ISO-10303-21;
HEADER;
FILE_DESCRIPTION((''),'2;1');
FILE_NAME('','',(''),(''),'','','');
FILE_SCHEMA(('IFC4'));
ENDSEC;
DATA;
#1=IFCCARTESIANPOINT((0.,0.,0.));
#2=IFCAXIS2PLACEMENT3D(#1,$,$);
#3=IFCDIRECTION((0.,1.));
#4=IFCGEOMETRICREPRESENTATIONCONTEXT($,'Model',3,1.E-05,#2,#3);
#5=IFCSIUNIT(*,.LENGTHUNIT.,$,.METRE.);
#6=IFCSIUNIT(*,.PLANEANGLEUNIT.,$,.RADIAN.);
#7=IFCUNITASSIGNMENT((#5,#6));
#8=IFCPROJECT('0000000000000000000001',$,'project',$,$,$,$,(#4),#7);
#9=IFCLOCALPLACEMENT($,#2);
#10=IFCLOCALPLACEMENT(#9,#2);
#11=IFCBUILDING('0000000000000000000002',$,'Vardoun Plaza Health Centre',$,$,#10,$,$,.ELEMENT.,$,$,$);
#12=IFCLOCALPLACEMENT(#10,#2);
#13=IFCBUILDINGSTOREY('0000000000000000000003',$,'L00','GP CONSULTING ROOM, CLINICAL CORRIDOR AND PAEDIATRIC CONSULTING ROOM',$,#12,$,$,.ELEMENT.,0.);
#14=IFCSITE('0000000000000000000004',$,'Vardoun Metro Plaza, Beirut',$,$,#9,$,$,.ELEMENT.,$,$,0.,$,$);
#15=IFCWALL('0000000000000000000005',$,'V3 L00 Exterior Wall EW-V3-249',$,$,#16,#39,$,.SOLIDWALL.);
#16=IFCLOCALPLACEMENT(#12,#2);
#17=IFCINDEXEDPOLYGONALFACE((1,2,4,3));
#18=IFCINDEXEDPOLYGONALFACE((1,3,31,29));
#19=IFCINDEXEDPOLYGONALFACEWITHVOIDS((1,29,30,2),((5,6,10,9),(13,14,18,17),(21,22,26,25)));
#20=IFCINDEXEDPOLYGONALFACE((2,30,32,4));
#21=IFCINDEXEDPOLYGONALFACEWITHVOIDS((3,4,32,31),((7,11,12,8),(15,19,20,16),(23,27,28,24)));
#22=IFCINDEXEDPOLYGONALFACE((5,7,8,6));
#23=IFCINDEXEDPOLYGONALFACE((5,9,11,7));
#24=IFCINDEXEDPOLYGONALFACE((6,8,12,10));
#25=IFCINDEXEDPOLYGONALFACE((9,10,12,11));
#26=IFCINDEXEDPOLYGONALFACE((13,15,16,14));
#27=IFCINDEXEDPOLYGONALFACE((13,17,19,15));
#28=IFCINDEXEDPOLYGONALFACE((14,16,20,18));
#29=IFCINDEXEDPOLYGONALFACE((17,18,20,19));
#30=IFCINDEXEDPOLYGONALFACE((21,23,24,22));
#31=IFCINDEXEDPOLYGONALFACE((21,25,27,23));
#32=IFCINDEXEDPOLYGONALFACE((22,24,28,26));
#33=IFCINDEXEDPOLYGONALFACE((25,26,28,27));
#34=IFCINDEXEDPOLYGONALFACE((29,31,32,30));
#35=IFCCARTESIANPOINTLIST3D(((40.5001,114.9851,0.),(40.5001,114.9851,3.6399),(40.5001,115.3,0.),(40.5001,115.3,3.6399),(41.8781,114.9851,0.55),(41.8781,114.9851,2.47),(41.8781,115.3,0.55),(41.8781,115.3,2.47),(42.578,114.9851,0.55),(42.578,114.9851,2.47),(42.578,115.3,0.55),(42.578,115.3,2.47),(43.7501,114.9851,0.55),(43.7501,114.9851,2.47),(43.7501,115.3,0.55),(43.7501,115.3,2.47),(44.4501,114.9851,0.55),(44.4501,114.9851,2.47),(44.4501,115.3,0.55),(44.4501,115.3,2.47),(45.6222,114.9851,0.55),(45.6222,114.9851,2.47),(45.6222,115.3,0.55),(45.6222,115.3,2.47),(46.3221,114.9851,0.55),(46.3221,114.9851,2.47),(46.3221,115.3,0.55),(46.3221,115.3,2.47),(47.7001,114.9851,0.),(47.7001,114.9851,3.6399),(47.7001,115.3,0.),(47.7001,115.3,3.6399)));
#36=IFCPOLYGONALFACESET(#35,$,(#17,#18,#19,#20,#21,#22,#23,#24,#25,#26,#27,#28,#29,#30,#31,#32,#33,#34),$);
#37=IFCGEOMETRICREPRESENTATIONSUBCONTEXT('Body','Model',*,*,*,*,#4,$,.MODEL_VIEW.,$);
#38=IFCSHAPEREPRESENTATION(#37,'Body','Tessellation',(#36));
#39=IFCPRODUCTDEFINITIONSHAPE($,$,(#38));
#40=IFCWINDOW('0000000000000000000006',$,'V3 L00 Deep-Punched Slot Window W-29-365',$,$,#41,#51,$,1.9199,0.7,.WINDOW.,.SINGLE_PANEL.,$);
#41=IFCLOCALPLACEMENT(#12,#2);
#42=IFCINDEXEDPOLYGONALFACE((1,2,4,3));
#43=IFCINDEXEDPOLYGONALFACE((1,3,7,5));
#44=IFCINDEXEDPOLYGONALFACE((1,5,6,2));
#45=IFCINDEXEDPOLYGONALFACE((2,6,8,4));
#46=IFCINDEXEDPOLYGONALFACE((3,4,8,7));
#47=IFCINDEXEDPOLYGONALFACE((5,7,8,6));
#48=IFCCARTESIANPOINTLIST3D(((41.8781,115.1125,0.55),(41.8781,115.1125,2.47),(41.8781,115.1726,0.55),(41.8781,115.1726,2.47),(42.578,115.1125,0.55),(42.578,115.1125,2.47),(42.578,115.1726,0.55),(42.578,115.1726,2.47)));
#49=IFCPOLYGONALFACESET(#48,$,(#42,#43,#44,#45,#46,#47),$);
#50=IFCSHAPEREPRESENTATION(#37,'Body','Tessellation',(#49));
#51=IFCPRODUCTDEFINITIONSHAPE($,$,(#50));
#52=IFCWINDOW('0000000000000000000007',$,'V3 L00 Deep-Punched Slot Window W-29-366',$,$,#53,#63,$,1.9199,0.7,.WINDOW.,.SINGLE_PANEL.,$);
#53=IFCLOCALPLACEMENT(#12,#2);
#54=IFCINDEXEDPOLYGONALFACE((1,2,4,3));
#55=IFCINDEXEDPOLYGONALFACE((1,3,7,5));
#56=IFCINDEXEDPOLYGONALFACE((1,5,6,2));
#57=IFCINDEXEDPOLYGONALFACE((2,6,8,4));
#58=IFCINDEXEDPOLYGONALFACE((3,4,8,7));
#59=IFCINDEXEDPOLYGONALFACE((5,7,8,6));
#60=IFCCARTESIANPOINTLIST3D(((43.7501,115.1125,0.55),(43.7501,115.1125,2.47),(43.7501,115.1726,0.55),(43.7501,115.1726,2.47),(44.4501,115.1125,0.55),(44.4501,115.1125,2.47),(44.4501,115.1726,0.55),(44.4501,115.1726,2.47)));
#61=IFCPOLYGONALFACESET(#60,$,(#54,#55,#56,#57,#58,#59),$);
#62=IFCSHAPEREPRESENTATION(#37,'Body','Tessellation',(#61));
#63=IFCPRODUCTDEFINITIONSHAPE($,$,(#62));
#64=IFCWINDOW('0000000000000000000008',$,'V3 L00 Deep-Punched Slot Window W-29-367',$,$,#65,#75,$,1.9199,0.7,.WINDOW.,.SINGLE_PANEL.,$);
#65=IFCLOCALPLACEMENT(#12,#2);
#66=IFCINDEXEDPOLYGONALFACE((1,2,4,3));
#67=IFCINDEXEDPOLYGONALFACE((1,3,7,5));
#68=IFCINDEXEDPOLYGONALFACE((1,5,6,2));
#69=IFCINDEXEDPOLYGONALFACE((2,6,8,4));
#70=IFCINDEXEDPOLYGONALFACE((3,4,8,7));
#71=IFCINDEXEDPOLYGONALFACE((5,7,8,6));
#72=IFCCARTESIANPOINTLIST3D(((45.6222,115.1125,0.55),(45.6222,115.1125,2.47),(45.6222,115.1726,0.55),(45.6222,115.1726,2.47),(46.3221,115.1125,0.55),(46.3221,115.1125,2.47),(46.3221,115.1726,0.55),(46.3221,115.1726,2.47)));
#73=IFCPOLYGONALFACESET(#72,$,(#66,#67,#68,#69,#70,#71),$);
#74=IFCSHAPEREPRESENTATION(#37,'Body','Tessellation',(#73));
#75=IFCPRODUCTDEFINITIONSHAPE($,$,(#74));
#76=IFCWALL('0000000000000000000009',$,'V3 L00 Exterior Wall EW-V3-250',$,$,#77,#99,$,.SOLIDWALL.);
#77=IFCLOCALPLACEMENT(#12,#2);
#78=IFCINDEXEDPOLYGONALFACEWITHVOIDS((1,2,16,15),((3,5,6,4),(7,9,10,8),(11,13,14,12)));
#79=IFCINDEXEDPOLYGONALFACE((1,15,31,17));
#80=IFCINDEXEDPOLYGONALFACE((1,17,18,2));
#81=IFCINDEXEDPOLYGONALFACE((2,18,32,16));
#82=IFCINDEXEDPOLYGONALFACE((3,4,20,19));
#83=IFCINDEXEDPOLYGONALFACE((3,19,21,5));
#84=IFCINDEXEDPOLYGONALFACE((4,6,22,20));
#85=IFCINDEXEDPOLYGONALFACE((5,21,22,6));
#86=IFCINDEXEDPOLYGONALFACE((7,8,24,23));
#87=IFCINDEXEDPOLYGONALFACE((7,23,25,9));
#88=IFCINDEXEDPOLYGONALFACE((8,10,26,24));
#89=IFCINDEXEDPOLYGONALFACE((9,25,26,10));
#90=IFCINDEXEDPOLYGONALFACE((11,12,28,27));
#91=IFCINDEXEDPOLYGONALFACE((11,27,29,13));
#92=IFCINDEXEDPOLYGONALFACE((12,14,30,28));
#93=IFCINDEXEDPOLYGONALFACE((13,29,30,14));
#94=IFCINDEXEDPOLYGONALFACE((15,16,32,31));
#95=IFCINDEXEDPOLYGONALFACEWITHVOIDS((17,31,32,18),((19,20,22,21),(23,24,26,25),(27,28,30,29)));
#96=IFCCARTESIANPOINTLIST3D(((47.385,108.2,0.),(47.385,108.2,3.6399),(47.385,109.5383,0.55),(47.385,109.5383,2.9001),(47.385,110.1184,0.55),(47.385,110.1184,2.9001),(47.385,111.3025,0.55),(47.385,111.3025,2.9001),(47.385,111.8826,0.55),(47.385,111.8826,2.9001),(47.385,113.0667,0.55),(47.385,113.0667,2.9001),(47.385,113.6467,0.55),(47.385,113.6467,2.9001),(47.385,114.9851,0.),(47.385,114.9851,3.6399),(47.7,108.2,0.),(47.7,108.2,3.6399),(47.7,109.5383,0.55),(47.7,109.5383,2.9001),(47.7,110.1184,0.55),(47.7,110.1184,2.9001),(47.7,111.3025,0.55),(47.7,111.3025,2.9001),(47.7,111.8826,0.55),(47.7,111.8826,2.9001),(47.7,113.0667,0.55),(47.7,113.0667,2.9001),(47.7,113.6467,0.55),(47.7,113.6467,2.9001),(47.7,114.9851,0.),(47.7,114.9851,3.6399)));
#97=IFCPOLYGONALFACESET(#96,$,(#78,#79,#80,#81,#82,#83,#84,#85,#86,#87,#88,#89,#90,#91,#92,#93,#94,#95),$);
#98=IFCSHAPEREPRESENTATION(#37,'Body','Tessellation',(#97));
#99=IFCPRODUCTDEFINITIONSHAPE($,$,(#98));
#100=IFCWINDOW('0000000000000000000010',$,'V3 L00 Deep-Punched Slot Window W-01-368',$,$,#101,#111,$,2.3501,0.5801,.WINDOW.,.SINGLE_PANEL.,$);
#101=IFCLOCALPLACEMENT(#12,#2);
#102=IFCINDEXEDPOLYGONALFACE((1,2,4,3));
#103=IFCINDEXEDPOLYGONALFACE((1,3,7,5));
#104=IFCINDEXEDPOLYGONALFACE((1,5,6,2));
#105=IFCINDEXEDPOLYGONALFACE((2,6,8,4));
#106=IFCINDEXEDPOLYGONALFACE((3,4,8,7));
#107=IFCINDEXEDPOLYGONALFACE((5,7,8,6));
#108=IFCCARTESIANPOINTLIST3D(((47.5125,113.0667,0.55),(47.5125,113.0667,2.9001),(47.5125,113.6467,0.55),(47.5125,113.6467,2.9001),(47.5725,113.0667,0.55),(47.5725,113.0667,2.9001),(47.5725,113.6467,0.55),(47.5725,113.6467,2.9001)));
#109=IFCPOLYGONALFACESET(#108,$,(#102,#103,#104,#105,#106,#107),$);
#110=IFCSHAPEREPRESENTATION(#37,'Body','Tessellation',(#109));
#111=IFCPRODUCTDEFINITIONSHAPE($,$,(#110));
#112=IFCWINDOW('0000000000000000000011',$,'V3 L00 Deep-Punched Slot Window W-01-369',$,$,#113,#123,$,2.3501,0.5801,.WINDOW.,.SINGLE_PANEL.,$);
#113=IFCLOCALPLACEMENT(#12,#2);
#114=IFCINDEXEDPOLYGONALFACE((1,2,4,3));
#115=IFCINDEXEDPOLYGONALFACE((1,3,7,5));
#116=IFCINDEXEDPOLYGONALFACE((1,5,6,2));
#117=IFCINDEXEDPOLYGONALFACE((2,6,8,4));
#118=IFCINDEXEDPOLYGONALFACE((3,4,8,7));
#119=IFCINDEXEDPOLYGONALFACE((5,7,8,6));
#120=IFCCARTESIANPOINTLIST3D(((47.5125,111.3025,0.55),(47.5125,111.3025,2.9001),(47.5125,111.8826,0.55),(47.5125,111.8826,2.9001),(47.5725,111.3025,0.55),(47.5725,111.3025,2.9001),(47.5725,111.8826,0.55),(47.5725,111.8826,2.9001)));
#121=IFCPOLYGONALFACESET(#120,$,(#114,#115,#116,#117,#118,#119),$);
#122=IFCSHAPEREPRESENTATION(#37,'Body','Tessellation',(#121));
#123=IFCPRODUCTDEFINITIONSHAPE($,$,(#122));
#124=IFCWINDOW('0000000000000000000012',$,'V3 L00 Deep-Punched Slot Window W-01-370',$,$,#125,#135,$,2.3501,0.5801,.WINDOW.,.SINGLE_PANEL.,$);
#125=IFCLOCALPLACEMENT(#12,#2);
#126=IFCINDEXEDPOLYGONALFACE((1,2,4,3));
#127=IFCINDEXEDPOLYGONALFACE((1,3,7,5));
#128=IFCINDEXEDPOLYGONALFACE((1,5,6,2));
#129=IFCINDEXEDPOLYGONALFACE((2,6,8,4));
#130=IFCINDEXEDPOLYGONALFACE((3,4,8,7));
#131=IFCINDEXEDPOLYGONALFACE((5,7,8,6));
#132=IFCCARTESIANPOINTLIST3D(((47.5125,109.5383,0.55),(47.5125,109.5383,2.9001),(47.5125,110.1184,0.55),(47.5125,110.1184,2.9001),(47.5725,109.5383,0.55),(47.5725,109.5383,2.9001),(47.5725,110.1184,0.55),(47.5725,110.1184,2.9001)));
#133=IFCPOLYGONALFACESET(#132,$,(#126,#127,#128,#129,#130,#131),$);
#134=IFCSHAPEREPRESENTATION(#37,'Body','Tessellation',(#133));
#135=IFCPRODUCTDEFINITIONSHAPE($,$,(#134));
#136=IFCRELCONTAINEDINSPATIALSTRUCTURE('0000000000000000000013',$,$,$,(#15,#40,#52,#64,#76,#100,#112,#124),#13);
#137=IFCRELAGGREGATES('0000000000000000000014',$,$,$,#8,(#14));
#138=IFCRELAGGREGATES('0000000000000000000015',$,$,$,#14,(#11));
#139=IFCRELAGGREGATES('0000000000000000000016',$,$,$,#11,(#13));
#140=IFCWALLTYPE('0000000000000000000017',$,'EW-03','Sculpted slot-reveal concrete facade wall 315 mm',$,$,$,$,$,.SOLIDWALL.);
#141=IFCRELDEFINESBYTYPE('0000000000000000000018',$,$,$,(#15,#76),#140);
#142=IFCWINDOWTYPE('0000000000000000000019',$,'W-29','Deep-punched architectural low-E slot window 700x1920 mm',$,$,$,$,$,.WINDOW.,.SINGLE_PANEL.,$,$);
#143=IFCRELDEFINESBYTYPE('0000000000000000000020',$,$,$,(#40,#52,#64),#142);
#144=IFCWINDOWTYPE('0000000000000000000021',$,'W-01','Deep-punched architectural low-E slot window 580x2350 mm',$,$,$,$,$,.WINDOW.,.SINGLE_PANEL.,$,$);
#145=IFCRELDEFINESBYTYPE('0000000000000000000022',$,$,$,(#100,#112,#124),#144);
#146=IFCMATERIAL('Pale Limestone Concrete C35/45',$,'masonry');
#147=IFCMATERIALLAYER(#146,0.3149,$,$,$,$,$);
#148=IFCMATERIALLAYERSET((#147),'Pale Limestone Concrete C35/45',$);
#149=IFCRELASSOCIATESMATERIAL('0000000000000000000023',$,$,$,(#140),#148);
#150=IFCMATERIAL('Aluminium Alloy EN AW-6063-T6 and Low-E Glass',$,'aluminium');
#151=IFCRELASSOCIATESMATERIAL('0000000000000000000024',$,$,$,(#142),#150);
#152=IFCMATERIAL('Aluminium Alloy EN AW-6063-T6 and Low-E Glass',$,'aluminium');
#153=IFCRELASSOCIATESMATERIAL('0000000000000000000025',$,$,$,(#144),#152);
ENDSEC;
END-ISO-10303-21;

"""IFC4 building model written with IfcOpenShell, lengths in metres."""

from ifc_helpers import new_model, si_unit, direction, frame, frame_2d, origin, place, context, subcontext, project, spatial, rectangle, extrude, material, layer, layer_set, type_object, element, fill, save


model = new_model("IFC4")

# Units and contexts
model_context = context("Model", 3, precision=1e-05, world=origin(), true_north=direction((0.0, 1.0)))
body_context = subcontext(model_context, "Body", "Model", "MODEL_VIEW")
ifc_project = project(units=[si_unit("LENGTHUNIT", "METRE"), si_unit("PLANEANGLEUNIT", "RADIAN")], contexts=[model_context])

# Site, building, storey
site_placement = place(None, origin())
site = spatial("IfcSite", under=ifc_project, at=site_placement, Name="Vardoun Metro Plaza, Beirut", CompositionType="ELEMENT", RefElevation=0.0)
building_placement = place(site_placement, origin())
building = spatial("IfcBuilding", under=site, at=building_placement, Name="Vardoun Plaza Health Centre", CompositionType="ELEMENT")
storey_placement = place(building_placement, origin())
storey = spatial("IfcBuildingStorey", under=building, at=storey_placement, Name="L00", Description="GP CONSULTING ROOM, CLINICAL CORRIDOR AND PAEDIATRIC CONSULTING ROOM", CompositionType="ELEMENT", Elevation=0.0)

# Walls, openings, windows
ifc_material_1 = material(Name="Pale Limestone Concrete C35/45", Category="masonry")
ifc_layer_1 = layer(ifc_material_1, 0.3149)
ifc_layer_set_1 = layer_set([ifc_layer_1], Name="Pale Limestone Concrete C35/45")
wall_type_1 = type_object("IfcWallType", Name="EW-03", Description="Sculpted slot-reveal concrete facade wall 315 mm", PredefinedType="SOLIDWALL", material=ifc_layer_set_1)
wall_1_placement = place(storey_placement, frame((40.5, 115.1426, 0.0), z_axis=(0.0, 0.0, 1.0), x_axis=(1.0, 0.0, 0.0)))
wall_1 = element("IfcWall", 1, at=wall_1_placement, inside=storey, type_object=wall_type_1, Name="V3 L00 Exterior Wall EW-V3-249", PredefinedType="SOLIDWALL", context=body_context, shape_type="SweptSolid", body=[
    extrude(rectangle(XDim=7.2, YDim=0.3149, at=frame_2d((3.6001, 0.0))), origin(), (0.0, 0.0, 1.0), 3.6399),
])
opening_1_placement = place(wall_1_placement, frame((1.3779, 0.0, 0.55)))
opening_1 = element("IfcOpeningElement", 2, at=opening_1_placement, cuts=wall_1, PredefinedType="OPENING", context=body_context, shape_type="SweptSolid", body=[
    extrude(rectangle(XDim=0.7, YDim=1.9199, at=frame_2d((0.3501, 0.96))), frame((0.0, 0.1575, 0.0), z_axis=(0.0, -1.0, 0.0), x_axis=(1.0, 0.0, 0.0)), (0.0, 0.0, 1.0), 0.3149),
])
opening_2_placement = place(wall_1_placement, frame((3.25, 0.0, 0.55)))
opening_2 = element("IfcOpeningElement", 3, at=opening_2_placement, cuts=wall_1, PredefinedType="OPENING", context=body_context, shape_type="SweptSolid", body=[
    extrude(rectangle(XDim=0.7, YDim=1.9199, at=frame_2d((0.3501, 0.96))), frame((0.0, 0.1575, 0.0), z_axis=(0.0, -1.0, 0.0), x_axis=(1.0, 0.0, 0.0)), (0.0, 0.0, 1.0), 0.3149),
])
opening_3_placement = place(wall_1_placement, frame((5.1221, 0.0, 0.55)))
opening_3 = element("IfcOpeningElement", 4, at=opening_3_placement, cuts=wall_1, PredefinedType="OPENING", context=body_context, shape_type="SweptSolid", body=[
    extrude(rectangle(XDim=0.7, YDim=1.9199, at=frame_2d((0.3501, 0.96))), frame((0.0, 0.1575, 0.0), z_axis=(0.0, -1.0, 0.0), x_axis=(1.0, 0.0, 0.0)), (0.0, 0.0, 1.0), 0.3149),
])
ifc_material_2 = material(Name="Aluminium Alloy EN AW-6063-T6 and Low-E Glass", Category="aluminium")
window_type_1 = type_object("IfcWindowType", Name="W-29", Description="Deep-punched architectural low-E slot window 700x1920 mm", PartitioningType="SINGLE_PANEL", PredefinedType="WINDOW", material=ifc_material_2)
window_1_placement = place(opening_1_placement, origin())
window_1 = element("IfcWindow", 5, at=window_1_placement, inside=storey, type_object=window_type_1, Name="V3 L00 Deep-Punched Slot Window W-29-365", OverallHeight=1.9199, OverallWidth=0.7, PartitioningType="SINGLE_PANEL", PredefinedType="WINDOW", context=body_context, shape_type="SweptSolid", body=[
    extrude(rectangle(XDim=0.7, YDim=1.9199, at=frame_2d((0.3501, 0.96))), frame((0.0, 0.03, 0.0), z_axis=(0.0, -1.0, 0.0), x_axis=(1.0, 0.0, 0.0)), (0.0, 0.0, 1.0), 0.0601),
])
fill(opening_1, window_1)
window_2_placement = place(opening_2_placement, origin())
window_2 = element("IfcWindow", 6, at=window_2_placement, inside=storey, type_object=window_type_1, Name="V3 L00 Deep-Punched Slot Window W-29-366", OverallHeight=1.9199, OverallWidth=0.7, PartitioningType="SINGLE_PANEL", PredefinedType="WINDOW", context=body_context, shape_type="SweptSolid", body=[
    extrude(rectangle(XDim=0.7, YDim=1.9199, at=frame_2d((0.3501, 0.96))), frame((0.0, 0.03, 0.0), z_axis=(0.0, -1.0, 0.0), x_axis=(1.0, 0.0, 0.0)), (0.0, 0.0, 1.0), 0.0601),
])
fill(opening_2, window_2)
window_3_placement = place(opening_3_placement, origin())
window_3 = element("IfcWindow", 7, at=window_3_placement, inside=storey, type_object=window_type_1, Name="V3 L00 Deep-Punched Slot Window W-29-367", OverallHeight=1.9199, OverallWidth=0.7, PartitioningType="SINGLE_PANEL", PredefinedType="WINDOW", context=body_context, shape_type="SweptSolid", body=[
    extrude(rectangle(XDim=0.7, YDim=1.9199, at=frame_2d((0.3501, 0.96))), frame((0.0, 0.03, 0.0), z_axis=(0.0, -1.0, 0.0), x_axis=(1.0, 0.0, 0.0)), (0.0, 0.0, 1.0), 0.0601),
])
fill(opening_3, window_3)
wall_2_placement = place(storey_placement, frame((47.5425, 114.9851, 0.0), z_axis=(0.0, 0.0, 1.0), x_axis=(0.0, -1.0, 0.0)))
wall_2 = element("IfcWall", 8, at=wall_2_placement, inside=storey, type_object=wall_type_1, Name="V3 L00 Exterior Wall EW-V3-250", PredefinedType="SOLIDWALL", context=body_context, shape_type="SweptSolid", body=[
    extrude(rectangle(XDim=6.7852, YDim=0.3149, at=frame_2d((3.3926, 0.0))), origin(), (0.0, 0.0, 1.0), 3.6399),
])
opening_4_placement = place(wall_2_placement, frame((1.3384, 0.0, 0.55)))
opening_4 = element("IfcOpeningElement", 9, at=opening_4_placement, cuts=wall_2, PredefinedType="OPENING", context=body_context, shape_type="SweptSolid", body=[
    extrude(rectangle(XDim=0.5801, YDim=2.3501, at=frame_2d((0.29, 1.175))), frame((0.0, 0.1575, 0.0), z_axis=(0.0, -1.0, 0.0), x_axis=(1.0, 0.0, 0.0)), (0.0, 0.0, 1.0), 0.3149),
])
opening_5_placement = place(wall_2_placement, frame((3.1025, 0.0, 0.55)))
opening_5 = element("IfcOpeningElement", 10, at=opening_5_placement, cuts=wall_2, PredefinedType="OPENING", context=body_context, shape_type="SweptSolid", body=[
    extrude(rectangle(XDim=0.5801, YDim=2.3501, at=frame_2d((0.29, 1.175))), frame((0.0, 0.1575, 0.0), z_axis=(0.0, -1.0, 0.0), x_axis=(1.0, 0.0, 0.0)), (0.0, 0.0, 1.0), 0.3149),
])
opening_6_placement = place(wall_2_placement, frame((4.8667, 0.0, 0.55)))
opening_6 = element("IfcOpeningElement", 11, at=opening_6_placement, cuts=wall_2, PredefinedType="OPENING", context=body_context, shape_type="SweptSolid", body=[
    extrude(rectangle(XDim=0.5801, YDim=2.3501, at=frame_2d((0.29, 1.175))), frame((0.0, 0.1575, 0.0), z_axis=(0.0, -1.0, 0.0), x_axis=(1.0, 0.0, 0.0)), (0.0, 0.0, 1.0), 0.3149),
])
ifc_material_3 = material(Name="Aluminium Alloy EN AW-6063-T6 and Low-E Glass", Category="aluminium")
window_type_2 = type_object("IfcWindowType", Name="W-01", Description="Deep-punched architectural low-E slot window 580x2350 mm", PartitioningType="SINGLE_PANEL", PredefinedType="WINDOW", material=ifc_material_3)
window_4_placement = place(opening_4_placement, origin())
window_4 = element("IfcWindow", 12, at=window_4_placement, inside=storey, type_object=window_type_2, Name="V3 L00 Deep-Punched Slot Window W-01-368", OverallHeight=2.3501, OverallWidth=0.5801, PartitioningType="SINGLE_PANEL", PredefinedType="WINDOW", context=body_context, shape_type="SweptSolid", body=[
    extrude(rectangle(XDim=0.5801, YDim=2.3501, at=frame_2d((0.29, 1.175))), frame((0.0, 0.03, 0.0), z_axis=(0.0, -1.0, 0.0), x_axis=(1.0, 0.0, 0.0)), (0.0, 0.0, 1.0), 0.0601),
])
fill(opening_4, window_4)
window_5_placement = place(opening_5_placement, origin())
window_5 = element("IfcWindow", 13, at=window_5_placement, inside=storey, type_object=window_type_2, Name="V3 L00 Deep-Punched Slot Window W-01-369", OverallHeight=2.3501, OverallWidth=0.5801, PartitioningType="SINGLE_PANEL", PredefinedType="WINDOW", context=body_context, shape_type="SweptSolid", body=[
    extrude(rectangle(XDim=0.5801, YDim=2.3501, at=frame_2d((0.29, 1.175))), frame((0.0, 0.03, 0.0), z_axis=(0.0, -1.0, 0.0), x_axis=(1.0, 0.0, 0.0)), (0.0, 0.0, 1.0), 0.0601),
])
fill(opening_5, window_5)
window_6_placement = place(opening_6_placement, origin())
window_6 = element("IfcWindow", 14, at=window_6_placement, inside=storey, type_object=window_type_2, Name="V3 L00 Deep-Punched Slot Window W-01-370", OverallHeight=2.3501, OverallWidth=0.5801, PartitioningType="SINGLE_PANEL", PredefinedType="WINDOW", context=body_context, shape_type="SweptSolid", body=[
    extrude(rectangle(XDim=0.5801, YDim=2.3501, at=frame_2d((0.29, 1.175))), frame((0.0, 0.03, 0.0), z_axis=(0.0, -1.0, 0.0), x_axis=(1.0, 0.0, 0.0)), (0.0, 0.0, 1.0), 0.0601),
])
fill(opening_6, window_6)

save(model, "model.ifc")
